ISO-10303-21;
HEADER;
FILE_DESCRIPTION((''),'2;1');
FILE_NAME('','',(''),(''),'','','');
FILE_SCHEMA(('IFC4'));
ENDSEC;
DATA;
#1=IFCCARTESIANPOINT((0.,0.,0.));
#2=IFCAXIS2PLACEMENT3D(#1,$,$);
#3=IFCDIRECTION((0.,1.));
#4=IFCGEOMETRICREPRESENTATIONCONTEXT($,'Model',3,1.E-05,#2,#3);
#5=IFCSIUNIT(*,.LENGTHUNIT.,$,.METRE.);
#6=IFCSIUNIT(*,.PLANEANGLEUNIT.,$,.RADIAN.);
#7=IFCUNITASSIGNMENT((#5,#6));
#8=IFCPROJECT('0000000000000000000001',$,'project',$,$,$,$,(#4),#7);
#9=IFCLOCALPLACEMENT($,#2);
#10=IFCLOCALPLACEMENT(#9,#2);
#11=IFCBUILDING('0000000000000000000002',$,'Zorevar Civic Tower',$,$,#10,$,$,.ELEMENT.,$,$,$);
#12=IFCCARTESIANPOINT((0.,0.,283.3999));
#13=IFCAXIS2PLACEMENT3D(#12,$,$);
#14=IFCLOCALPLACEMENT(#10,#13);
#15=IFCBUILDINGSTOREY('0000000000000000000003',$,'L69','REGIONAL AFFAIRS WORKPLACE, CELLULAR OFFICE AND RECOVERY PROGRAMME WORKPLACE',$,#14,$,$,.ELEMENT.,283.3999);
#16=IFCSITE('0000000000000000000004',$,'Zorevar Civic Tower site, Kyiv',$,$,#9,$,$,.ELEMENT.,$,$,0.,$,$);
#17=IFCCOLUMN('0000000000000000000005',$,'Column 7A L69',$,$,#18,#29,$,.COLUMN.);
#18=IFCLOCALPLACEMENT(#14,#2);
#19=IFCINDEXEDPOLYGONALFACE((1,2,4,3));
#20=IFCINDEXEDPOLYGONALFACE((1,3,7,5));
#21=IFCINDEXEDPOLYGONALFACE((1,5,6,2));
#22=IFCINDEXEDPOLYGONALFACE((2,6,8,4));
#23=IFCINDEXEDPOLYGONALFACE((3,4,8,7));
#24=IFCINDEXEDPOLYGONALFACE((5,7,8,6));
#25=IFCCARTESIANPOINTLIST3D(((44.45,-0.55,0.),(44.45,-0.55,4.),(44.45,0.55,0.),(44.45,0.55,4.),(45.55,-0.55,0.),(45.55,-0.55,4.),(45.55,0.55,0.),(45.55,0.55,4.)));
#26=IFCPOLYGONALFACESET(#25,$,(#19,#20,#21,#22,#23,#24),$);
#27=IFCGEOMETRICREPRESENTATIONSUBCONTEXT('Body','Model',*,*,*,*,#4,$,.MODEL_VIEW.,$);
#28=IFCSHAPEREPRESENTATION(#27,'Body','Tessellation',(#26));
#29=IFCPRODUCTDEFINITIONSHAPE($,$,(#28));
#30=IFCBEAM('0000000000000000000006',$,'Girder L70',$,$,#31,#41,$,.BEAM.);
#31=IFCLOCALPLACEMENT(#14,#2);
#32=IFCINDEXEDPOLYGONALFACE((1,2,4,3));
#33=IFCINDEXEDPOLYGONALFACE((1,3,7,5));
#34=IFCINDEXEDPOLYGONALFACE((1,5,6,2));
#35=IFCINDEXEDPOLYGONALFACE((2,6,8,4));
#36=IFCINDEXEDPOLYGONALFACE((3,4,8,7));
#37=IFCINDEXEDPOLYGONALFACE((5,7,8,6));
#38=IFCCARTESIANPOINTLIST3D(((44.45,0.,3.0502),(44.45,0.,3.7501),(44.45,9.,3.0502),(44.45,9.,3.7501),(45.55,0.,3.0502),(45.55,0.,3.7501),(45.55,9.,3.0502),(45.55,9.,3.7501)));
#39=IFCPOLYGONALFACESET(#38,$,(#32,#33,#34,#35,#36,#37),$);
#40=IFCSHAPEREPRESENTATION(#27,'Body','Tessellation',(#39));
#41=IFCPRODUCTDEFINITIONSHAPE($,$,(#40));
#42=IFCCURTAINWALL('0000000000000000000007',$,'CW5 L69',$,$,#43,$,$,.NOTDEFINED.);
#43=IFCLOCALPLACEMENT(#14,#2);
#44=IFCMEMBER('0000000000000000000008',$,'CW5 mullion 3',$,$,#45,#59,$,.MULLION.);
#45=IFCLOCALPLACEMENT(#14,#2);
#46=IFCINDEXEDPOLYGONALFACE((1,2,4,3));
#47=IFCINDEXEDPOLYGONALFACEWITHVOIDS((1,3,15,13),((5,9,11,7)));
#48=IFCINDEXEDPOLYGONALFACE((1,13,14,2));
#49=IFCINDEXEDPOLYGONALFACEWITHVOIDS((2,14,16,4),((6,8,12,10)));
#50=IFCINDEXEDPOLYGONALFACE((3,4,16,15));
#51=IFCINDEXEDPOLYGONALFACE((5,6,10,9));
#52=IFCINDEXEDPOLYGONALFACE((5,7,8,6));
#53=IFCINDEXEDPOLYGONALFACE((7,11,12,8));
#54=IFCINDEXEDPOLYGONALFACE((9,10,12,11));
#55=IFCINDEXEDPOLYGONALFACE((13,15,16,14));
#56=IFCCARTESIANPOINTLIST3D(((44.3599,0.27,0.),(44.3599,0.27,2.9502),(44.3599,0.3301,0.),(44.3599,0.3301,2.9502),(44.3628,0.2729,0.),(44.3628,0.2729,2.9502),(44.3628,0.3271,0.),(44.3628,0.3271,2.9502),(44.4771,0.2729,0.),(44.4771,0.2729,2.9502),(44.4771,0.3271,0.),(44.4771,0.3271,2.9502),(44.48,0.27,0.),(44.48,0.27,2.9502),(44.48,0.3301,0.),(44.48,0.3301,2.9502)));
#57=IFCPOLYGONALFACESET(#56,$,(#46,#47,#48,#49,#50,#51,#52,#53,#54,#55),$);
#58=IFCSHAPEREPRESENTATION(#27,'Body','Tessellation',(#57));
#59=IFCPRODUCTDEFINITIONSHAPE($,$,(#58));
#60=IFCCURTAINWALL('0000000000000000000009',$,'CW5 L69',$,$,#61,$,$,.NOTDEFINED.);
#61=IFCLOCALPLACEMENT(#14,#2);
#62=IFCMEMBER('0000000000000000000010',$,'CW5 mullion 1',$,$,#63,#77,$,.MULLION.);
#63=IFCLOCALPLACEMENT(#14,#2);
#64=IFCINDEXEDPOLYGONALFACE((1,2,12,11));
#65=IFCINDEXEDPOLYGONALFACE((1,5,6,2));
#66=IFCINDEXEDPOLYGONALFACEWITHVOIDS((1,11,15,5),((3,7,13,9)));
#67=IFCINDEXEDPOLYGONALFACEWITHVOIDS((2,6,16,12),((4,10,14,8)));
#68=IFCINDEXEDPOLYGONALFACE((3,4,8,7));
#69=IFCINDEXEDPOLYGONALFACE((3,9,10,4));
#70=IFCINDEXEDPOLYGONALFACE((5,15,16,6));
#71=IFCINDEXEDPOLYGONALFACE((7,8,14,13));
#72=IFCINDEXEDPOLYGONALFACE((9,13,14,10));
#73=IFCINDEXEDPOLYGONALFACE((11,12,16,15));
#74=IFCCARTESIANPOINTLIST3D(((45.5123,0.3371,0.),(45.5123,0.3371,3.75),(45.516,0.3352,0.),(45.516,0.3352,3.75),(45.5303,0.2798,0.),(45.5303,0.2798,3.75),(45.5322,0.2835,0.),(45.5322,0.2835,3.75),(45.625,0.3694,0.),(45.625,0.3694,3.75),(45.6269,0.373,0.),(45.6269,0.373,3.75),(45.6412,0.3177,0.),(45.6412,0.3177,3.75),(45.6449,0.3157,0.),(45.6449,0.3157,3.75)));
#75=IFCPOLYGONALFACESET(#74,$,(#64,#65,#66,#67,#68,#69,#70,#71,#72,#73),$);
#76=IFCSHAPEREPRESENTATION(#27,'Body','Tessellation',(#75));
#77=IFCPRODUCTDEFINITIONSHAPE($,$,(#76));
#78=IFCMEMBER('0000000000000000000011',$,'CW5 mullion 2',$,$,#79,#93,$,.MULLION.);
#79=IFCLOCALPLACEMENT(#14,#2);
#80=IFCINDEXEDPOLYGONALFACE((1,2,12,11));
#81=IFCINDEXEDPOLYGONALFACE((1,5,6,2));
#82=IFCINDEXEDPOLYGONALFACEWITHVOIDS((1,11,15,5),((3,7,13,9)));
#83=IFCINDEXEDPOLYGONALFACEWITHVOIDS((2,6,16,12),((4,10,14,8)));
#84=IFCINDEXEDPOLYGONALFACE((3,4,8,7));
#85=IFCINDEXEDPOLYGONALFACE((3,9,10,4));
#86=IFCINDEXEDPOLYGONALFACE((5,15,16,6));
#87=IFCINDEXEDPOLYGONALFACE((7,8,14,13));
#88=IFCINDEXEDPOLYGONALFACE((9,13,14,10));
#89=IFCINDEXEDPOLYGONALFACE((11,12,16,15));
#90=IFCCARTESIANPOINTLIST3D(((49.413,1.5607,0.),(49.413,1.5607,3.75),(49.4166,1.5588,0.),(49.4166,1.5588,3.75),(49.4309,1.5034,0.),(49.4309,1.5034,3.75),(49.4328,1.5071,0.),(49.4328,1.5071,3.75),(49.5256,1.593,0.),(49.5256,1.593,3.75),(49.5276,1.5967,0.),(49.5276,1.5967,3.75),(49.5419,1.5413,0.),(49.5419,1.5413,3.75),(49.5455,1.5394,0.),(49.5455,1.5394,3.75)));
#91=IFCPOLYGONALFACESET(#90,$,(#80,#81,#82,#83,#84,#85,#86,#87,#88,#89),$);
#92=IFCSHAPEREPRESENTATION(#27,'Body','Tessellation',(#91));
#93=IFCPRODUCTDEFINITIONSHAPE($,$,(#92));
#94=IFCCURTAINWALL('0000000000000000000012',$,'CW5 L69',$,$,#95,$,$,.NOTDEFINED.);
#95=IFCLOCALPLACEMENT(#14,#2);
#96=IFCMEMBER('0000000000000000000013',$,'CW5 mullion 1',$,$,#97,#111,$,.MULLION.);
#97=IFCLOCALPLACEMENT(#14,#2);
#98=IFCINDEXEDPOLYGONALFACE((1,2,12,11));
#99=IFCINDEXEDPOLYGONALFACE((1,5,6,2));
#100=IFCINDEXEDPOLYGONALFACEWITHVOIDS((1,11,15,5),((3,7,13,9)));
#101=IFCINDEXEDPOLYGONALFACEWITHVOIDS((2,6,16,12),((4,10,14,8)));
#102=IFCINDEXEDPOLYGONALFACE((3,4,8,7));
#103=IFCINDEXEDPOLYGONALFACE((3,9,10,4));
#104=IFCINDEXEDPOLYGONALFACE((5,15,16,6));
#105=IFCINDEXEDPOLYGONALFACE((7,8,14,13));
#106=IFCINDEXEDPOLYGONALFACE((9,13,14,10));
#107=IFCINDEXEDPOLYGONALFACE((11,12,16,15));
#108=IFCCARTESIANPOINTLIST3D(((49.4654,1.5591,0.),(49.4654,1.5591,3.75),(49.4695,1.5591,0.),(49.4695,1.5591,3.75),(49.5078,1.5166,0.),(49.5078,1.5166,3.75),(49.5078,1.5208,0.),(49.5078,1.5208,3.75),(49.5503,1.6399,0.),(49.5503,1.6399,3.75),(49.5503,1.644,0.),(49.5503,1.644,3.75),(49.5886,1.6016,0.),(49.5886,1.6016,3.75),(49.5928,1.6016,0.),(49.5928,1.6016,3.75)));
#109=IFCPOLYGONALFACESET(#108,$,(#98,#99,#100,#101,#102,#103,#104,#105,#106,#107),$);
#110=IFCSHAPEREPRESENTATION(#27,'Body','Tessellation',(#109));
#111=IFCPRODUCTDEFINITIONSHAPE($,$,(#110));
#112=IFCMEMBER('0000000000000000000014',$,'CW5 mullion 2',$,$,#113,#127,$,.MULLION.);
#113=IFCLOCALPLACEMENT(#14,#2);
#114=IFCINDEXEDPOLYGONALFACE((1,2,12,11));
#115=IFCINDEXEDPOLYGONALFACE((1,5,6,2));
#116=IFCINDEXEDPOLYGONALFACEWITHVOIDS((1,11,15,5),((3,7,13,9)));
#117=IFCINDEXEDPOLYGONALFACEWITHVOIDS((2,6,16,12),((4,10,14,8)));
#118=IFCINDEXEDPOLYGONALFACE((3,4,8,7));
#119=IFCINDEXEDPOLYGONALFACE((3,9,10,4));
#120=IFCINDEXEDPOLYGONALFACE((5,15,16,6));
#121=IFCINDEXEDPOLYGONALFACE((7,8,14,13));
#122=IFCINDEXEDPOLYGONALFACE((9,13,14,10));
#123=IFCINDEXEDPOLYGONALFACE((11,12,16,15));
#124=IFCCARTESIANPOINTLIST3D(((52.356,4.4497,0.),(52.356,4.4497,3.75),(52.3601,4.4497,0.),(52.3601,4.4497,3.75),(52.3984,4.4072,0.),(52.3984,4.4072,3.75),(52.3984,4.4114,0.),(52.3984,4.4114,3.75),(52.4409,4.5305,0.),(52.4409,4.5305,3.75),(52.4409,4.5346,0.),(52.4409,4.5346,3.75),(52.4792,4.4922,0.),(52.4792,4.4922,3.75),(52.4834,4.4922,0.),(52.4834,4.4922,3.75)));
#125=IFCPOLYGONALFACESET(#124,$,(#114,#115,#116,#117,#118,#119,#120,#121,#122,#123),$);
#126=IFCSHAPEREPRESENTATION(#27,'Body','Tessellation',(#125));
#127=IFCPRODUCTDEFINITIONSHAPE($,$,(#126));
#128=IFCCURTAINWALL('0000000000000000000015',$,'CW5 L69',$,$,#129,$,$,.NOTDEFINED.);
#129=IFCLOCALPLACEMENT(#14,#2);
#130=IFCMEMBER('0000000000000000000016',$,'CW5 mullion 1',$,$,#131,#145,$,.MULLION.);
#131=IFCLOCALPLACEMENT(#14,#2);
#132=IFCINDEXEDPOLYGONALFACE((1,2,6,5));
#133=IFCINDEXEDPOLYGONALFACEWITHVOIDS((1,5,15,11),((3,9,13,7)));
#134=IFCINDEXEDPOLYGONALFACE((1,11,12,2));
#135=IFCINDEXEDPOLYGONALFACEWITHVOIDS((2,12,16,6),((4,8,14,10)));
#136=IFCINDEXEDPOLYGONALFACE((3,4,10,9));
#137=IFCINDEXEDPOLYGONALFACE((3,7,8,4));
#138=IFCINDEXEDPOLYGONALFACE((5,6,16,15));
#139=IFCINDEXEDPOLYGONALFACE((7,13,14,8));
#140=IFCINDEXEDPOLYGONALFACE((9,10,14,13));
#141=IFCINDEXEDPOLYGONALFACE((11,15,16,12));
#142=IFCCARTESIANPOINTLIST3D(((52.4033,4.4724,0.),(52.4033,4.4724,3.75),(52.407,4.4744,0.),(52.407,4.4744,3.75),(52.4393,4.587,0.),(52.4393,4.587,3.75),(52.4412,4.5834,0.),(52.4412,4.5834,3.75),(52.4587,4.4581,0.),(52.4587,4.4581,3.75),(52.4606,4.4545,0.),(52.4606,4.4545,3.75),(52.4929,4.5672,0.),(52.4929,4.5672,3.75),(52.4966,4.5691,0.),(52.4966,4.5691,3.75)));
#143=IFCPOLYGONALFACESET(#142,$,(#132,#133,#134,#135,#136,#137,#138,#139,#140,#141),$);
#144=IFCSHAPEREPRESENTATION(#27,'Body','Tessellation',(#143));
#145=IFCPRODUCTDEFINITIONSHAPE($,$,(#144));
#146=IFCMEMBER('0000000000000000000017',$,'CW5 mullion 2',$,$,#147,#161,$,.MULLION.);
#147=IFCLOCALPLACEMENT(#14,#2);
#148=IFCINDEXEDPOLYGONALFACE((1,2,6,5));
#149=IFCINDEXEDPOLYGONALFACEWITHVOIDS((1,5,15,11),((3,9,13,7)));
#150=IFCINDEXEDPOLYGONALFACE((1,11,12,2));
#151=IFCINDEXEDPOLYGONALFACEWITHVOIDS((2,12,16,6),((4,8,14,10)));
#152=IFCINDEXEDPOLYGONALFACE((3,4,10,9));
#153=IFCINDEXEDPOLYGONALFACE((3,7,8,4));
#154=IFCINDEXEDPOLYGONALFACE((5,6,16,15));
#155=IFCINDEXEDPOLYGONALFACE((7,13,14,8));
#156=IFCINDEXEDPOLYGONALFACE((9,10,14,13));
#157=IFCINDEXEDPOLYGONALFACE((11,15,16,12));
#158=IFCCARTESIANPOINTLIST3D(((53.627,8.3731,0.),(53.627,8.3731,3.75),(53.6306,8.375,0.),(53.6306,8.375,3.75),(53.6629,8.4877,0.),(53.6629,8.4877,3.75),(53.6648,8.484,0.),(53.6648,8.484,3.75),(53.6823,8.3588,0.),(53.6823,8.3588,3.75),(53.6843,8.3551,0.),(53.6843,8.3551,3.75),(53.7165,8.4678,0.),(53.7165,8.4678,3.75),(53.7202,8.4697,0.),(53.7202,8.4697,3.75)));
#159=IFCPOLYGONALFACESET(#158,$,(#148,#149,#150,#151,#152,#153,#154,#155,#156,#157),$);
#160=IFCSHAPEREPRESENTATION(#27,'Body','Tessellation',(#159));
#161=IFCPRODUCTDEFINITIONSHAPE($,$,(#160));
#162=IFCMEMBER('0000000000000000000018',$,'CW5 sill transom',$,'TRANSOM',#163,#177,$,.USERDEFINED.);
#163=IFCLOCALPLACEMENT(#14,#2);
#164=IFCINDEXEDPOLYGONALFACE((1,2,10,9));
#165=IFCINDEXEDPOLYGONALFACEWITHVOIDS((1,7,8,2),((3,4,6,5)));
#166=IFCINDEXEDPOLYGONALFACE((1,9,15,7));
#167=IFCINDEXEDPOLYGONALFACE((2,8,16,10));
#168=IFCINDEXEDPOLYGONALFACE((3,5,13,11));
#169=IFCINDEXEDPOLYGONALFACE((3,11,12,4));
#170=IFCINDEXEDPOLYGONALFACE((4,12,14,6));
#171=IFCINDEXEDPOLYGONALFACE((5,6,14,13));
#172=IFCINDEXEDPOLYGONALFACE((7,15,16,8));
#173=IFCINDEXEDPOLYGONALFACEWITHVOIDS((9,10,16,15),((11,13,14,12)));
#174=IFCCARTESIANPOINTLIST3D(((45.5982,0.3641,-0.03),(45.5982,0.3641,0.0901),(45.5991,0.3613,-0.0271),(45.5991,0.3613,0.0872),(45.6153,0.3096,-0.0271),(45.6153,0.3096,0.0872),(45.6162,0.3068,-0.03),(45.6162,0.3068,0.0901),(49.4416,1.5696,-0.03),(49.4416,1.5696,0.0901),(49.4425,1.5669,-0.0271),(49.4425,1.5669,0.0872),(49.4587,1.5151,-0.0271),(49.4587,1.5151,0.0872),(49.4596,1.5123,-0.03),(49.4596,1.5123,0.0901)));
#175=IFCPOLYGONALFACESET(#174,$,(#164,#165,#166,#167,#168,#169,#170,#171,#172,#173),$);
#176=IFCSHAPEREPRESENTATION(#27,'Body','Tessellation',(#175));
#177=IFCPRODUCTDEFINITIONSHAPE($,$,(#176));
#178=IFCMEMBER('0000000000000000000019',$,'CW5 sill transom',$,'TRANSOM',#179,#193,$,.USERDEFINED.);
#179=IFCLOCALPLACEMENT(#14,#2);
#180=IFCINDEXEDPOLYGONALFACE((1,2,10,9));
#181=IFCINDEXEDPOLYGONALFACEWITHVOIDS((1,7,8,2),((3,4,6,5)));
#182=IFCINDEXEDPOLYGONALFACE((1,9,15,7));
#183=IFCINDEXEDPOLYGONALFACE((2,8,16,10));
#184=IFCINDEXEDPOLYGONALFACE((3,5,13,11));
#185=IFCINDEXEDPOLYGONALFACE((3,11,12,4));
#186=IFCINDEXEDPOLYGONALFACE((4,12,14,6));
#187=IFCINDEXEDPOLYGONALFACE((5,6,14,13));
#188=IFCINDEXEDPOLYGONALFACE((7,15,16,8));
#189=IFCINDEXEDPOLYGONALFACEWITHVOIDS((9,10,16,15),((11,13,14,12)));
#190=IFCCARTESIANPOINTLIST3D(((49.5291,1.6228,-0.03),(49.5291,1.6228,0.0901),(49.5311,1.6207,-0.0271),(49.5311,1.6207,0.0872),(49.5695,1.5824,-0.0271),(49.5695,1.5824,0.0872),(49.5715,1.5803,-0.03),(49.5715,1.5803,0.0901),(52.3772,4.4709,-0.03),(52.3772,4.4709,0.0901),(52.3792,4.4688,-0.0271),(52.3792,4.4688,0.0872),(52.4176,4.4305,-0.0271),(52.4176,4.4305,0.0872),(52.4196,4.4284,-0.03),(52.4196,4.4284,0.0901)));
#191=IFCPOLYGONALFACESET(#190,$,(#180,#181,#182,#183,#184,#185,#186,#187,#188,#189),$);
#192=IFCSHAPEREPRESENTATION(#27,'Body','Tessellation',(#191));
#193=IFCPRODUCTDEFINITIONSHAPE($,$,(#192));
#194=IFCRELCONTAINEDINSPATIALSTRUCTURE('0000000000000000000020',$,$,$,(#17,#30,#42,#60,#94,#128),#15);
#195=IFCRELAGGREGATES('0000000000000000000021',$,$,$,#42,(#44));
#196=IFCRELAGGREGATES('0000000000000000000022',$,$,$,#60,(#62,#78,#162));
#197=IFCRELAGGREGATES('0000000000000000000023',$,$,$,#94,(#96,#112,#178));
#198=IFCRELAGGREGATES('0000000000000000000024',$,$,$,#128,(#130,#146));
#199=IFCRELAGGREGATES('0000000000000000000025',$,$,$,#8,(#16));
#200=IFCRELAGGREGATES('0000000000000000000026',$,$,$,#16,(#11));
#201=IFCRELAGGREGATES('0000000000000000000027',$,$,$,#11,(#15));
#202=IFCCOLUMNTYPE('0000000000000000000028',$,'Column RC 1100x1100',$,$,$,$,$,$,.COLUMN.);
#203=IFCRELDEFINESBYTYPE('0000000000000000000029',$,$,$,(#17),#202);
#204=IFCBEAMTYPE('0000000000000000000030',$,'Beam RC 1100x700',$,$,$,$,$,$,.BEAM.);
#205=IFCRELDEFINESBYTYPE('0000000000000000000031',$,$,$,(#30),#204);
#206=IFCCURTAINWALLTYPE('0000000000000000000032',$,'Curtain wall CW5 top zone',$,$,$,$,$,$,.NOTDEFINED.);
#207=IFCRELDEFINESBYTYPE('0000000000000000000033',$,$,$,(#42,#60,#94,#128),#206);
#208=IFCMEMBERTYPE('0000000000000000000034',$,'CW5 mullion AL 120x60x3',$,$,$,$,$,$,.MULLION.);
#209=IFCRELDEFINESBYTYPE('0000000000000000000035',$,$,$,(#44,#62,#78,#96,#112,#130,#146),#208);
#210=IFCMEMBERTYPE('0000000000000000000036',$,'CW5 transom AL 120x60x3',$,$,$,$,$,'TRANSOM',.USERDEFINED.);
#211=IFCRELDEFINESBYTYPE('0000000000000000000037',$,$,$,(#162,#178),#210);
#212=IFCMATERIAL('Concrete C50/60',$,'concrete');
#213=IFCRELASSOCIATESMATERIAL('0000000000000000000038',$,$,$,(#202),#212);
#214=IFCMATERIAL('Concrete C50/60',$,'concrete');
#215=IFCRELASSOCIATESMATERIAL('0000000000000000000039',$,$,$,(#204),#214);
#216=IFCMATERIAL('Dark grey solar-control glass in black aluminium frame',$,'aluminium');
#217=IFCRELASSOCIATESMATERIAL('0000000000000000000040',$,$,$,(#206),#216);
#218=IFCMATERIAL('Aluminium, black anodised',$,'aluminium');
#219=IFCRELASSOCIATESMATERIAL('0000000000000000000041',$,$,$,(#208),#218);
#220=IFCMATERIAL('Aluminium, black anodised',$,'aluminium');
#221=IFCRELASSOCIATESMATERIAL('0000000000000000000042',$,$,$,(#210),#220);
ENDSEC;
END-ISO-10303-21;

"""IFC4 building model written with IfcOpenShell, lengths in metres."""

from ifc_helpers import new_model, si_unit, direction, frame, origin, origin_2d, place, context, subcontext, project, spatial, rectangle, hollow_rectangle, extrude, material, material_profile, profile_set, type_object, element, aggregate, save


model = new_model("IFC4")

# Units and contexts
model_context = context("Model", 3, precision=1e-05, world=origin(), true_north=direction((0.0, 1.0)))
body_context = subcontext(model_context, "Body", "Model", "MODEL_VIEW")
ifc_project = project(units=[si_unit("LENGTHUNIT", "METRE"), si_unit("PLANEANGLEUNIT", "RADIAN")], contexts=[model_context])

# Site, building, storey
site_placement = place(None, origin())
site = spatial("IfcSite", under=ifc_project, at=site_placement, Name="Zorevar Civic Tower site, Kyiv", CompositionType="ELEMENT", RefElevation=0.0)
building_placement = place(site_placement, origin())
building = spatial("IfcBuilding", under=site, at=building_placement, Name="Zorevar Civic Tower", CompositionType="ELEMENT")
storey_placement = place(building_placement, frame((0.0, 0.0, 283.3999)))
storey = spatial("IfcBuildingStorey", under=building, at=storey_placement, Name="L69", Description="REGIONAL AFFAIRS WORKPLACE, CELLULAR OFFICE AND RECOVERY PROGRAMME WORKPLACE", CompositionType="ELEMENT", Elevation=283.3999)

# Column
ifc_material_1 = material(Name="Concrete C50/60", Category="concrete")
ifc_material_profile_1 = material_profile(ifc_material_1, rectangle(XDim=1.1001, YDim=1.1001, at=origin_2d()), Name="RC 1100x1100")
ifc_profile_set_1 = profile_set([ifc_material_profile_1], Name="Concrete C50/60")
column_type = type_object("IfcColumnType", Name="Column RC 1100x1100", PredefinedType="COLUMN", material=ifc_profile_set_1)
column_placement = place(storey_placement, frame((45.0, 0.0, 0.0), z_axis=(0.0, 0.0, 1.0), x_axis=(1.0, 0.0, 0.0)))
element("IfcColumn", 1, at=column_placement, inside=storey, type_object=column_type, Name="Column 7A L69", PredefinedType="COLUMN", context=body_context, shape_type="SweptSolid", body=[
    extrude(rectangle(XDim=1.1001, YDim=1.1001, at=origin_2d()), origin(), (0.0, 0.0, 1.0), 4.0),
])

# Beam
ifc_material_2 = material(Name="Concrete C50/60", Category="concrete")
ifc_material_profile_2 = material_profile(ifc_material_2, rectangle(XDim=1.1001, YDim=0.7, at=origin_2d()), Name="RC 1100x700")
ifc_profile_set_2 = profile_set([ifc_material_profile_2], Name="Concrete C50/60")
beam_type_1 = type_object("IfcBeamType", Name="Beam RC 1100x700", PredefinedType="BEAM", material=ifc_profile_set_2)
beam_1_placement = place(storey_placement, frame((45.0, 0.0, 3.4001), z_axis=(0.0, 1.0, 0.0), x_axis=(-1.0, 0.0, 0.0)))
element("IfcBeam", 2, at=beam_1_placement, inside=storey, type_object=beam_type_1, Name="Girder L70", PredefinedType="BEAM", context=body_context, shape_type="SweptSolid", body=[
    extrude(rectangle(XDim=1.1001, YDim=0.7, at=origin_2d()), origin(), (0.0, 0.0, 1.0), 9.0),
])

# Curtain wall, member
ifc_material_3 = material(Name="Dark grey solar-control glass in black aluminium frame", Category="aluminium")
curtain_wall_type = type_object("IfcCurtainWallType", Name="Curtain wall CW5 top zone", PredefinedType="NOTDEFINED", material=ifc_material_3)
curtain_wall_1_placement = place(storey_placement, origin())
curtain_wall_1 = element("IfcCurtainWall", 3, at=curtain_wall_1_placement, inside=storey, type_object=curtain_wall_type, Name="CW5 L69", PredefinedType="NOTDEFINED")
ifc_material_4 = material(Name="Aluminium, black anodised", Category="aluminium")
ifc_material_profile_3 = material_profile(ifc_material_4, hollow_rectangle(XDim=0.0601, YDim=0.1201, WallThickness=0.0029, at=origin_2d()), Name="AL 120x60x3")
ifc_profile_set_3 = profile_set([ifc_material_profile_3], Name="Aluminium, black anodised")
member_type_1 = type_object("IfcMemberType", Name="CW5 mullion AL 120x60x3", PredefinedType="MULLION", material=ifc_profile_set_3)
member_1_placement = place(storey_placement, frame((44.4199, 0.3, 0.0), z_axis=(0.0, 0.0, 1.0), x_axis=(0.0, 1.0, 0.0)))
member_1 = element("IfcMember", 4, at=member_1_placement, type_object=member_type_1, Name="CW5 mullion 3", PredefinedType="MULLION", context=body_context, shape_type="SweptSolid", body=[
    extrude(hollow_rectangle(XDim=0.0601, YDim=0.1201, WallThickness=0.0029, at=origin_2d()), origin(), (0.0, 0.0, 1.0), 2.9502),
])

# Curtain walls, members
curtain_wall_2_placement = place(storey_placement, origin())
curtain_wall_2 = element("IfcCurtainWall", 5, at=curtain_wall_2_placement, inside=storey, type_object=curtain_wall_type, Name="CW5 L69", PredefinedType="NOTDEFINED")
member_2_placement = place(storey_placement, frame((45.5786, 0.3264, 0.0), z_axis=(0.0, 0.0, 1.0), x_axis=(-0.299318, 0.954153, 0.0)))
member_2 = element("IfcMember", 6, at=member_2_placement, type_object=member_type_1, Name="CW5 mullion 1", PredefinedType="MULLION", context=body_context, shape_type="SweptSolid", body=[
    extrude(hollow_rectangle(XDim=0.0601, YDim=0.1201, WallThickness=0.0029, at=origin_2d()), origin(), (0.0, 0.0, 1.0), 3.75),
])
member_3_placement = place(storey_placement, frame((49.4792, 1.55, 0.0), z_axis=(0.0, 0.0, 1.0), x_axis=(-0.299318, 0.954153, 0.0)))
member_3 = element("IfcMember", 7, at=member_3_placement, type_object=member_type_1, Name="CW5 mullion 2", PredefinedType="MULLION", context=body_context, shape_type="SweptSolid", body=[
    extrude(hollow_rectangle(XDim=0.0601, YDim=0.1201, WallThickness=0.0029, at=origin_2d()), origin(), (0.0, 0.0, 1.0), 3.75),
])
curtain_wall_3_placement = place(storey_placement, origin())
curtain_wall_3 = element("IfcCurtainWall", 8, at=curtain_wall_3_placement, inside=storey, type_object=curtain_wall_type, Name="CW5 L69", PredefinedType="NOTDEFINED")
member_4_placement = place(storey_placement, frame((49.5291, 1.5803, 0.0), z_axis=(0.0, 0.0, 1.0), x_axis=(-0.707107, 0.707107, 0.0)))
member_4 = element("IfcMember", 9, at=member_4_placement, type_object=member_type_1, Name="CW5 mullion 1", PredefinedType="MULLION", context=body_context, shape_type="SweptSolid", body=[
    extrude(hollow_rectangle(XDim=0.0601, YDim=0.1201, WallThickness=0.0029, at=origin_2d()), origin(), (0.0, 0.0, 1.0), 3.75),
])
member_5_placement = place(storey_placement, frame((52.4197, 4.4709, 0.0), z_axis=(0.0, 0.0, 1.0), x_axis=(-0.707107, 0.707107, 0.0)))
member_5 = element("IfcMember", 10, at=member_5_placement, type_object=member_type_1, Name="CW5 mullion 2", PredefinedType="MULLION", context=body_context, shape_type="SweptSolid", body=[
    extrude(hollow_rectangle(XDim=0.0601, YDim=0.1201, WallThickness=0.0029, at=origin_2d()), origin(), (0.0, 0.0, 1.0), 3.75),
])
curtain_wall_4_placement = place(storey_placement, origin())
curtain_wall_4 = element("IfcCurtainWall", 11, at=curtain_wall_4_placement, inside=storey, type_object=curtain_wall_type, Name="CW5 L69", PredefinedType="NOTDEFINED")
member_6_placement = place(storey_placement, frame((52.45, 4.5208, 0.0), z_axis=(0.0, 0.0, 1.0), x_axis=(-0.954153, 0.299318, 0.0)))
member_6 = element("IfcMember", 12, at=member_6_placement, type_object=member_type_1, Name="CW5 mullion 1", PredefinedType="MULLION", context=body_context, shape_type="SweptSolid", body=[
    extrude(hollow_rectangle(XDim=0.0601, YDim=0.1201, WallThickness=0.0029, at=origin_2d()), origin(), (0.0, 0.0, 1.0), 3.75),
])
member_7_placement = place(storey_placement, frame((53.6736, 8.4214, 0.0), z_axis=(0.0, 0.0, 1.0), x_axis=(-0.954153, 0.299318, 0.0)))
member_7 = element("IfcMember", 13, at=member_7_placement, type_object=member_type_1, Name="CW5 mullion 2", PredefinedType="MULLION", context=body_context, shape_type="SweptSolid", body=[
    extrude(hollow_rectangle(XDim=0.0601, YDim=0.1201, WallThickness=0.0029, at=origin_2d()), origin(), (0.0, 0.0, 1.0), 3.75),
])

# Members
ifc_material_5 = material(Name="Aluminium, black anodised", Category="aluminium")
ifc_material_profile_4 = material_profile(ifc_material_5, hollow_rectangle(XDim=0.0601, YDim=0.1201, WallThickness=0.0029, at=origin_2d()), Name="AL 120x60x3")
ifc_profile_set_4 = profile_set([ifc_material_profile_4], Name="Aluminium, black anodised")
member_type_2 = type_object("IfcMemberType", Name="CW5 transom AL 120x60x3", ElementType="TRANSOM", PredefinedType="USERDEFINED", material=ifc_profile_set_4)
member_8_placement = place(storey_placement, frame((45.6072, 0.3354, 0.03), z_axis=(0.954163, 0.299286, 0.0), x_axis=(-0.299286, 0.954163, 0.0)))
member_8 = element("IfcMember", 14, at=member_8_placement, type_object=member_type_2, Name="CW5 sill transom", ObjectType="TRANSOM", PredefinedType="USERDEFINED", context=body_context, shape_type="SweptSolid", body=[
    extrude(hollow_rectangle(XDim=0.0601, YDim=0.1201, WallThickness=0.0029, at=origin_2d()), origin(), (0.0, 0.0, 1.0), 4.0281),
])
member_9_placement = place(storey_placement, frame((49.5503, 1.6016, 0.03), z_axis=(0.707107, 0.707107, 0.0), x_axis=(-0.707107, 0.707107, 0.0)))
member_9 = element("IfcMember", 15, at=member_9_placement, type_object=member_type_2, Name="CW5 sill transom", ObjectType="TRANSOM", PredefinedType="USERDEFINED", context=body_context, shape_type="SweptSolid", body=[
    extrude(hollow_rectangle(XDim=0.0601, YDim=0.1201, WallThickness=0.0029, at=origin_2d()), origin(), (0.0, 0.0, 1.0), 4.0278),
])

aggregate(curtain_wall_1, [member_1])
aggregate(curtain_wall_2, [member_2, member_3, member_8])
aggregate(curtain_wall_3, [member_4, member_5, member_9])
aggregate(curtain_wall_4, [member_6, member_7])

save(model, "model.ifc")
